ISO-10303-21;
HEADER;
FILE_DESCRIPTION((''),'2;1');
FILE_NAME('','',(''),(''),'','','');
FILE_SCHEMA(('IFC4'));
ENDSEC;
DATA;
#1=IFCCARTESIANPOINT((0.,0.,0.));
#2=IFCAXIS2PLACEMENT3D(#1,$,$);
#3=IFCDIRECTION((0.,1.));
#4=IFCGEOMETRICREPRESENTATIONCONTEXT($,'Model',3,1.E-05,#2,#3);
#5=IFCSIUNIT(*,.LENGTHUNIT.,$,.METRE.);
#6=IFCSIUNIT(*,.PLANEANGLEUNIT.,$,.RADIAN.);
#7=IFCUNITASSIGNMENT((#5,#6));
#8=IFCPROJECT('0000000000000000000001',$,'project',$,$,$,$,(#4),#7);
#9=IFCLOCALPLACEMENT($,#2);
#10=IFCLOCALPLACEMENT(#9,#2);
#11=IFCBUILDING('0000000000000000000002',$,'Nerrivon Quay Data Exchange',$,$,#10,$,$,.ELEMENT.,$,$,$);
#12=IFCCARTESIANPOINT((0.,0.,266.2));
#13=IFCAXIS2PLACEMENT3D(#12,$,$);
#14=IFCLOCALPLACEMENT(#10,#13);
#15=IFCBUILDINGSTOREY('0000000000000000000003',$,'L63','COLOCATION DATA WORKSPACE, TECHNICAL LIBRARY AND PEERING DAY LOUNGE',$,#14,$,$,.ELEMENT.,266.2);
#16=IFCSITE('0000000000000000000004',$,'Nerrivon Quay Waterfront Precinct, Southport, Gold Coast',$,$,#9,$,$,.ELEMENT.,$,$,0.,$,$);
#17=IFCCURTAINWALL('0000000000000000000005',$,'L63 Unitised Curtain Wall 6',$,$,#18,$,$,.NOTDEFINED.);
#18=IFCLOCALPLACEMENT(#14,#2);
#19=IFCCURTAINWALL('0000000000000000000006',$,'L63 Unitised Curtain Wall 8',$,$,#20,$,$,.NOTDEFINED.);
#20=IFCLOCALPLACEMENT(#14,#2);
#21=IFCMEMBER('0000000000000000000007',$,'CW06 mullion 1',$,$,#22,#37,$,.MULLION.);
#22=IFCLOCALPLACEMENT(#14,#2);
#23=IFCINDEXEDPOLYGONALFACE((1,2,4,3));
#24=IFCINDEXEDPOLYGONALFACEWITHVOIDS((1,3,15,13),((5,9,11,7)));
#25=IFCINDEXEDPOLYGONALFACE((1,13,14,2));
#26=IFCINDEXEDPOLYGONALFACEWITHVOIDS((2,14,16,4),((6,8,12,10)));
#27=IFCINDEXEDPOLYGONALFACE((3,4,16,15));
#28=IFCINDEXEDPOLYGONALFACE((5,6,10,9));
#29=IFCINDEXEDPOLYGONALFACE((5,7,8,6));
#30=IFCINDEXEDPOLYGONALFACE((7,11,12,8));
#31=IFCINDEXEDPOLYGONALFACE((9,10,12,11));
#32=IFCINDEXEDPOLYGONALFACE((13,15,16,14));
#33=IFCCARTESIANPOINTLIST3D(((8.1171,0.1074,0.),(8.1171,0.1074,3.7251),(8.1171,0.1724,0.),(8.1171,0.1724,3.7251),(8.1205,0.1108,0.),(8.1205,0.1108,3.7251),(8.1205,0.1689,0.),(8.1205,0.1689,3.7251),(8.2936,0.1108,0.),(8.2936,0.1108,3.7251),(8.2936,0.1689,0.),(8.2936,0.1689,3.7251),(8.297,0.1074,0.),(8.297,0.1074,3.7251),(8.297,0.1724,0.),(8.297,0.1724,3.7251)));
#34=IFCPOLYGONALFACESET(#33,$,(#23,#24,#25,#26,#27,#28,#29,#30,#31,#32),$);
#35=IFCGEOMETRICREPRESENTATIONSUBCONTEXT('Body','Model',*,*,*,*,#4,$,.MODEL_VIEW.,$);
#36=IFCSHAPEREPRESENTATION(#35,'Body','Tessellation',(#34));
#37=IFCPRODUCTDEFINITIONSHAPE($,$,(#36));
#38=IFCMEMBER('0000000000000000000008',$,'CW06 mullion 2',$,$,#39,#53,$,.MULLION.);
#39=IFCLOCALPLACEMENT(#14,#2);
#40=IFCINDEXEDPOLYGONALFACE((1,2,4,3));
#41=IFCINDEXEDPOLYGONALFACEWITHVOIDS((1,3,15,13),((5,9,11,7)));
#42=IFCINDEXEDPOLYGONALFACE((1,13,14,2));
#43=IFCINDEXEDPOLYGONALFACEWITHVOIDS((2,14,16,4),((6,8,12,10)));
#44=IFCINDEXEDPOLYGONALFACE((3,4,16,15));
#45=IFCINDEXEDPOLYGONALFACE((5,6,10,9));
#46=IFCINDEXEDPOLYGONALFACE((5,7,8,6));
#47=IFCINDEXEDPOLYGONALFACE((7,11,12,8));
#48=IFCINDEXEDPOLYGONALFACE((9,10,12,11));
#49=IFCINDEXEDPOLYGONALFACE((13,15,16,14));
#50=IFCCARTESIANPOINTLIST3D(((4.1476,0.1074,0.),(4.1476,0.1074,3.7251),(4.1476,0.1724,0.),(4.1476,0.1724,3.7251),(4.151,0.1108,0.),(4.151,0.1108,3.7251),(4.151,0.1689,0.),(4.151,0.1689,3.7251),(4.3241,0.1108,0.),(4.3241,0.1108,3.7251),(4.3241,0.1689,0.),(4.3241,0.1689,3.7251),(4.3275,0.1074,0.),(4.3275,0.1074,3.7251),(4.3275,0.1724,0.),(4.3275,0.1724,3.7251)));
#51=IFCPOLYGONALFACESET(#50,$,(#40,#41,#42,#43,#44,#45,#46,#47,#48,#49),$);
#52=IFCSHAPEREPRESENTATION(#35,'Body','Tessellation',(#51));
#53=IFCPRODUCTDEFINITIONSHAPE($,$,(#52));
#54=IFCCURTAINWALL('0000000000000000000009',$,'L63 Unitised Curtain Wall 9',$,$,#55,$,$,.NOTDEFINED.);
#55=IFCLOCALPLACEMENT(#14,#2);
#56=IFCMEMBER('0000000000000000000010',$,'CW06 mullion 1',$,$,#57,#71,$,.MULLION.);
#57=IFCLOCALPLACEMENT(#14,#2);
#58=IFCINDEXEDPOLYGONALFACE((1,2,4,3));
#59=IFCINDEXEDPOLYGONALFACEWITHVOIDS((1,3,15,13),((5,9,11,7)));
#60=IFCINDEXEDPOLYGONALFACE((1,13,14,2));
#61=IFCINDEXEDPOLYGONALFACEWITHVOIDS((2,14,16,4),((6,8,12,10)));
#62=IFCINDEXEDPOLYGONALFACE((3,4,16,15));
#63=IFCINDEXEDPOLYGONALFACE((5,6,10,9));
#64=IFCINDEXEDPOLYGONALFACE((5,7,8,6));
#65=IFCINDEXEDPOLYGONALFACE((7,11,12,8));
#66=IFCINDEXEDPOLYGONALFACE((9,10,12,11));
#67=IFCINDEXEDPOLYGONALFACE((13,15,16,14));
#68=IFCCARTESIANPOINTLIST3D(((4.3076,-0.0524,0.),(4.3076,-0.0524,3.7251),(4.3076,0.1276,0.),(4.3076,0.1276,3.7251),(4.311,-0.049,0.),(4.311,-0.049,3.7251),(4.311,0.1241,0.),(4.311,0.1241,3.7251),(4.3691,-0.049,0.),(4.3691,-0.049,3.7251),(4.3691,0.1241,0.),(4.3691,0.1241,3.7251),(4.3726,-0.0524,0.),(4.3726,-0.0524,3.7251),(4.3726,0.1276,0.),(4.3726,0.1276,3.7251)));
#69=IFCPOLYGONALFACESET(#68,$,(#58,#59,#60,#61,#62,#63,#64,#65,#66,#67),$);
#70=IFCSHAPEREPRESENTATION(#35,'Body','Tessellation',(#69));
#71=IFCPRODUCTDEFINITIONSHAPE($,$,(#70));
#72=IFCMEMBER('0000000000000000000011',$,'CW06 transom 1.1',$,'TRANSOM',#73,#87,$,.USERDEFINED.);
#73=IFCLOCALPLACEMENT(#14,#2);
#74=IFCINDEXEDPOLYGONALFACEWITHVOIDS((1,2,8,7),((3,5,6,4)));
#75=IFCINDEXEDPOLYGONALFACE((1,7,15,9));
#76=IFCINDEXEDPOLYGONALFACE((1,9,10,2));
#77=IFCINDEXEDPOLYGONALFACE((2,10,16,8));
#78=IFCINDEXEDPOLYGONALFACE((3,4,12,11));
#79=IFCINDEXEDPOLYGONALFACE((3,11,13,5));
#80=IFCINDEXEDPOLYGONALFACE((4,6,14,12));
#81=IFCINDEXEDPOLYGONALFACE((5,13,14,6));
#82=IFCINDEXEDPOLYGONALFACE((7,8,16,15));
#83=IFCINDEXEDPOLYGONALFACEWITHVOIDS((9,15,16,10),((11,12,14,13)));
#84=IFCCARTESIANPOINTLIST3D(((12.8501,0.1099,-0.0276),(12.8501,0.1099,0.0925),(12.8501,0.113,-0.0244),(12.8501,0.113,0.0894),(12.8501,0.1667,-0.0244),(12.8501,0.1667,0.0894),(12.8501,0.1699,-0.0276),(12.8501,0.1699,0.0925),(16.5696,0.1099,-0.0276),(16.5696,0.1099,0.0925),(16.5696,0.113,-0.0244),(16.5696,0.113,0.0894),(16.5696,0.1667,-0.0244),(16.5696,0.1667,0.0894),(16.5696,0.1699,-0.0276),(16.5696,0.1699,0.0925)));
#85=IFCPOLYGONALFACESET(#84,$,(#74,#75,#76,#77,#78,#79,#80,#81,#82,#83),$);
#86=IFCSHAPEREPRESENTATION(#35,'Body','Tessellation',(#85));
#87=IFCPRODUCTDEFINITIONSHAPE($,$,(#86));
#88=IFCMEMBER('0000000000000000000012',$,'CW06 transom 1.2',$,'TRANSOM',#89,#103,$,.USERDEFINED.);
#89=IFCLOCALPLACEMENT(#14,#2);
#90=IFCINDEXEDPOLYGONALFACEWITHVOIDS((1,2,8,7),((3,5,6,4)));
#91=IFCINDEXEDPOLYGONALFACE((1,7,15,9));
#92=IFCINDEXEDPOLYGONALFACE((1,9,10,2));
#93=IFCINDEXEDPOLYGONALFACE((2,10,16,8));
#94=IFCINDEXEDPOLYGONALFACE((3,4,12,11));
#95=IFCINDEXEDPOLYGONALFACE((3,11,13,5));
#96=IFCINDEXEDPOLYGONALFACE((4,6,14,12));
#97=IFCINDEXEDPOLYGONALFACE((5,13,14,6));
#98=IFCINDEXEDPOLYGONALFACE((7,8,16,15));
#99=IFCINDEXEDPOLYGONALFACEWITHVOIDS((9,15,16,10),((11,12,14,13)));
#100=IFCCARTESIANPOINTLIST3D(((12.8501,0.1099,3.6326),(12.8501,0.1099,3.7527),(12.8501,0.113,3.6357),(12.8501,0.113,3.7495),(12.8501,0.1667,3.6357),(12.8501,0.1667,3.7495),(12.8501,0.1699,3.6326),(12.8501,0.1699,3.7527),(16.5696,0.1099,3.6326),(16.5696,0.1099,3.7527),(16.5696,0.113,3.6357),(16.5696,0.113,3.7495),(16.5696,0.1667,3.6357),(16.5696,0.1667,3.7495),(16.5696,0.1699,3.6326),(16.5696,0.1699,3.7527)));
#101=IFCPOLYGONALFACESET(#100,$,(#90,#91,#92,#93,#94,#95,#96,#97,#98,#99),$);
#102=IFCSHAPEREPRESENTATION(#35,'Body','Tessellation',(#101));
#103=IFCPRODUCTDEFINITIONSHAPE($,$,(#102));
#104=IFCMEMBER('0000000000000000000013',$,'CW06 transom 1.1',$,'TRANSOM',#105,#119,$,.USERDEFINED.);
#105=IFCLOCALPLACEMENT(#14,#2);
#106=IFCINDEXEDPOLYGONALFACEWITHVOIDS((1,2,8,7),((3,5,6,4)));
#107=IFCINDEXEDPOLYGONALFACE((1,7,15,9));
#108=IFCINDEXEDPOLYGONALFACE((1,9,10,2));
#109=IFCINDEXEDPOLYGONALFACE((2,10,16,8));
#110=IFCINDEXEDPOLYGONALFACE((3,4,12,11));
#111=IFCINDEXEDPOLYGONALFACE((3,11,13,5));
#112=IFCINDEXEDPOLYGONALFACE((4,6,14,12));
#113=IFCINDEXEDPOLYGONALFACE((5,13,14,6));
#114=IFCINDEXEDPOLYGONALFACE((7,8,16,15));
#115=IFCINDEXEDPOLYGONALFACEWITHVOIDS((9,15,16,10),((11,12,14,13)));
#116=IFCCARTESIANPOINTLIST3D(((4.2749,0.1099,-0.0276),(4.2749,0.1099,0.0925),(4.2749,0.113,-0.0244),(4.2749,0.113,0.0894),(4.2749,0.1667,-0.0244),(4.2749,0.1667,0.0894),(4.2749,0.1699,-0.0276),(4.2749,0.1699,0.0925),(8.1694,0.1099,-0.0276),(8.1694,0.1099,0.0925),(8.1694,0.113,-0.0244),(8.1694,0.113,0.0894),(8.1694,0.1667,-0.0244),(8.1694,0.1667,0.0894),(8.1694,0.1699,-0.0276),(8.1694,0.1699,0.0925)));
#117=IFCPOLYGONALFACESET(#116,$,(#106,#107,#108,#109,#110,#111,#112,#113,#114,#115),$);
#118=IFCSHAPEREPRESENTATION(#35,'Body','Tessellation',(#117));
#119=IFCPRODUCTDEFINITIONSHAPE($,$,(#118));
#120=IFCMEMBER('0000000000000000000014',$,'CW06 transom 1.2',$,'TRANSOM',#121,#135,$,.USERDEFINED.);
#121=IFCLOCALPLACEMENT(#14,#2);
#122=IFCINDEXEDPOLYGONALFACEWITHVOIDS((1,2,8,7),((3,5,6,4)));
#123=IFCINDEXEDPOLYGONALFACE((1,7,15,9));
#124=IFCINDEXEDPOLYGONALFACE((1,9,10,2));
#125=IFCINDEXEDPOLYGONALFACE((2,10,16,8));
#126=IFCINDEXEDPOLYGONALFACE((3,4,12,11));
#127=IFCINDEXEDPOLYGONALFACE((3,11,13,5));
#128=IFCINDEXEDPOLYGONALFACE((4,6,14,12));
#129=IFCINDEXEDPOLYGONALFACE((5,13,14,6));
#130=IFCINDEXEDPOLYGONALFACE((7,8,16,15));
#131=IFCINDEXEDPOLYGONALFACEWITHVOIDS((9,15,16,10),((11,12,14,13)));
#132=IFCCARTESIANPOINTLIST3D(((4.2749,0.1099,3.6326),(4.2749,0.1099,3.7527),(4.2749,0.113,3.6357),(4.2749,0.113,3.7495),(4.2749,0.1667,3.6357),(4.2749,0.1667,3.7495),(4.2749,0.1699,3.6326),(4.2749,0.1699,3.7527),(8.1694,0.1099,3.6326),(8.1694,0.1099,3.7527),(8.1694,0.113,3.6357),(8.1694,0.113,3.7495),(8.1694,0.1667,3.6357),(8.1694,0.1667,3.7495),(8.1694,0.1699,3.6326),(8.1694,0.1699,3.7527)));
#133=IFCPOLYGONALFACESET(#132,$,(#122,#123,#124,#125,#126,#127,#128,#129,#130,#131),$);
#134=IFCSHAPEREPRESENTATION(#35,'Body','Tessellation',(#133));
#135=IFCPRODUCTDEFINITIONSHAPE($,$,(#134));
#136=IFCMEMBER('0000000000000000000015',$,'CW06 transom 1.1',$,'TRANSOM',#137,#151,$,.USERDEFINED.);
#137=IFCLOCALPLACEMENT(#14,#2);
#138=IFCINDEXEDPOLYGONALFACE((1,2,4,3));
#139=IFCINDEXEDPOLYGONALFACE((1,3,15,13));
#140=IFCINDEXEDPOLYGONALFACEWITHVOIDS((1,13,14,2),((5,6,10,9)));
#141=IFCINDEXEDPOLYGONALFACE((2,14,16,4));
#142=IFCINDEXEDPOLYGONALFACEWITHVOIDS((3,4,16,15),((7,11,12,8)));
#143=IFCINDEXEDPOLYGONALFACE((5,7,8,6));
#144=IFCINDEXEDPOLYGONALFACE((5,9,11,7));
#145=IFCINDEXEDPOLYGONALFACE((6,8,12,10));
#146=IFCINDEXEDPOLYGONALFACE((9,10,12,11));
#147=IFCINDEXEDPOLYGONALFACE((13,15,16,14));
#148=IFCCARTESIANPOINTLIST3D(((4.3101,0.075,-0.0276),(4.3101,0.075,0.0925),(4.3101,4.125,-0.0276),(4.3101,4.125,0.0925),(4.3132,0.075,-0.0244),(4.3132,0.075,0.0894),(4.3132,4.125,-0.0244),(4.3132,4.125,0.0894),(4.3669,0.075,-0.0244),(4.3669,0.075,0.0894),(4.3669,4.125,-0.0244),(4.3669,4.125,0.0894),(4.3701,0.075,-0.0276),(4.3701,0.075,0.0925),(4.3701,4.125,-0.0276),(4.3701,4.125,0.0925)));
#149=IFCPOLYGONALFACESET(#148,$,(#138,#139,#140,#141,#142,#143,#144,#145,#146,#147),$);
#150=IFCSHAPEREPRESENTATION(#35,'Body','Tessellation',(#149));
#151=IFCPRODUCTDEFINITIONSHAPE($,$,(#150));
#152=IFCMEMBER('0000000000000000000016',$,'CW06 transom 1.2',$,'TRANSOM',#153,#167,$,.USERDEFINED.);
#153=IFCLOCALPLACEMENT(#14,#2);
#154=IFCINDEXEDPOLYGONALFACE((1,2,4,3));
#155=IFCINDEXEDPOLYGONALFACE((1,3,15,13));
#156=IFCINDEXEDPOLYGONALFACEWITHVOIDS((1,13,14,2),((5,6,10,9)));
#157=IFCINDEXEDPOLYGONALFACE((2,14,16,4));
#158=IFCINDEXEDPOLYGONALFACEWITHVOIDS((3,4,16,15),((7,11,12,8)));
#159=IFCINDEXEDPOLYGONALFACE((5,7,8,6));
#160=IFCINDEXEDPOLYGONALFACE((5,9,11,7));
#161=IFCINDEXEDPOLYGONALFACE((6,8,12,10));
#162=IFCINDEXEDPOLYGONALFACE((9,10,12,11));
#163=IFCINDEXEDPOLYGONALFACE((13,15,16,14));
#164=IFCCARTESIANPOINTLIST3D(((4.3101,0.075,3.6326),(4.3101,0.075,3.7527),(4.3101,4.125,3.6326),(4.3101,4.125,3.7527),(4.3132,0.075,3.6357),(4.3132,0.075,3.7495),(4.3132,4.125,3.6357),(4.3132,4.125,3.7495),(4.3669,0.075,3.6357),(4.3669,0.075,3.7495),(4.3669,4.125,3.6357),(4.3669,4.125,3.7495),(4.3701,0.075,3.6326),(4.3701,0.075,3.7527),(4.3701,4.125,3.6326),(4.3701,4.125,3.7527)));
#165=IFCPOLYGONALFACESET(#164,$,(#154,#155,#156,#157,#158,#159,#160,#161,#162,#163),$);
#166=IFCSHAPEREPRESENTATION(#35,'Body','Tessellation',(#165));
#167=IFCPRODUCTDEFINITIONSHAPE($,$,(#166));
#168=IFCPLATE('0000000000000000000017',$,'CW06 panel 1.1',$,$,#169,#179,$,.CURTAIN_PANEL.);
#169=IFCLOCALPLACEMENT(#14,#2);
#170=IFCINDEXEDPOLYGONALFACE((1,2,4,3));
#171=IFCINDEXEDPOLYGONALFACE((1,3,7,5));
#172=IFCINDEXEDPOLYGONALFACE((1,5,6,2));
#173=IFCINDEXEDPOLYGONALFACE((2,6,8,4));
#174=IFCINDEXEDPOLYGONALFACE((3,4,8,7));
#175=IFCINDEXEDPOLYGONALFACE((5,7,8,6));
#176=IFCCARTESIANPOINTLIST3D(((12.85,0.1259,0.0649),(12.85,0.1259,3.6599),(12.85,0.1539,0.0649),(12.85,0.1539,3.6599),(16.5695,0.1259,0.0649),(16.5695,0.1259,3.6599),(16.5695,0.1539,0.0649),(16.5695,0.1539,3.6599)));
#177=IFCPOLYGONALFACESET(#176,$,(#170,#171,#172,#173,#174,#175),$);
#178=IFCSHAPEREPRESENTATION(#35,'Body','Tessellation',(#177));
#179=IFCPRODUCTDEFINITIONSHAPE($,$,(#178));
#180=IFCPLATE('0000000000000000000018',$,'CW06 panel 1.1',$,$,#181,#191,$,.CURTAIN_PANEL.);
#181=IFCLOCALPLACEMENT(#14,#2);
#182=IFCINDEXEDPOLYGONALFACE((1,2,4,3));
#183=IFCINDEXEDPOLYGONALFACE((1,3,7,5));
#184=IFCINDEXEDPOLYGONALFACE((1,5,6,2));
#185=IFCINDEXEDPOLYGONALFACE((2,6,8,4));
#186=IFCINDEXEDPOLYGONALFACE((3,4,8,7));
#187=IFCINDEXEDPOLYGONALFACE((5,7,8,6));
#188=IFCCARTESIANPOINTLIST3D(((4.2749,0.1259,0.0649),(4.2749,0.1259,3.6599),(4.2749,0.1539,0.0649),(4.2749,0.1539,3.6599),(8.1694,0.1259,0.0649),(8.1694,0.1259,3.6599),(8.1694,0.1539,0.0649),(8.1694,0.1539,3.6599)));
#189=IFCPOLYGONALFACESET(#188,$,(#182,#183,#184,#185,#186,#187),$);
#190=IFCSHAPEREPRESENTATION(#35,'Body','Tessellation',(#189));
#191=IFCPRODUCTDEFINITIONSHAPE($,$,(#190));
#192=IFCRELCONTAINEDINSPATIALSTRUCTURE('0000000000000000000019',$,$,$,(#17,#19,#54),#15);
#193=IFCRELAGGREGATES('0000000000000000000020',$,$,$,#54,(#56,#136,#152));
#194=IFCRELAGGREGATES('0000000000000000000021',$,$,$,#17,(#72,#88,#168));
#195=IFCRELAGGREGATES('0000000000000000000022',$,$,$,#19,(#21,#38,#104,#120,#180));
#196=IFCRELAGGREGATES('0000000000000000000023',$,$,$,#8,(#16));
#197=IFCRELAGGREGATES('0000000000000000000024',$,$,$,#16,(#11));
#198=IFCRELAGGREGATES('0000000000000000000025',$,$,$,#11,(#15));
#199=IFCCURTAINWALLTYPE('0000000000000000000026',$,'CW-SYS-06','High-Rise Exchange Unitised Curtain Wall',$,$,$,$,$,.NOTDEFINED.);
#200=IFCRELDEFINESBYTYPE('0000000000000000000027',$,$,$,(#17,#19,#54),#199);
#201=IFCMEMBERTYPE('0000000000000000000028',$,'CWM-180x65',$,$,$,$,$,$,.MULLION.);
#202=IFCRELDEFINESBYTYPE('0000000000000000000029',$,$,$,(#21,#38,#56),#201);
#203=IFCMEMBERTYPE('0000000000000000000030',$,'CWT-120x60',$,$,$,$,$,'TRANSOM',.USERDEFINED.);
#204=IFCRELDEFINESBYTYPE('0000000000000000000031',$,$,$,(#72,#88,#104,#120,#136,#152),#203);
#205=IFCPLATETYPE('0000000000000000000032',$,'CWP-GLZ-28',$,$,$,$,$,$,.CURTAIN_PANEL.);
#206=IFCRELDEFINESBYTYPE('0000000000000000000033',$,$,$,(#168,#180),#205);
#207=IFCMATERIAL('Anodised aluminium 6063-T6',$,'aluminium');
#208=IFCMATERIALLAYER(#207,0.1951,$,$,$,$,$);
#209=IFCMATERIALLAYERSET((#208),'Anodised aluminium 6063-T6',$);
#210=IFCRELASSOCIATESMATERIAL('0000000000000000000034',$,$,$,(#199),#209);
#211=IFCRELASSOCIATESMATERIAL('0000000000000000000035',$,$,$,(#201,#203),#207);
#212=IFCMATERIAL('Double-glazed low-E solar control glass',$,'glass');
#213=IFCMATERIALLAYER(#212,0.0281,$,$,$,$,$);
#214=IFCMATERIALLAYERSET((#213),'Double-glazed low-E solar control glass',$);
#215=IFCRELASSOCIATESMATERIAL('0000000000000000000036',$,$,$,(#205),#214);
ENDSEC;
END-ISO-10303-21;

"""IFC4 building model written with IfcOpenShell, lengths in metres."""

from ifc_helpers import new_model, si_unit, direction, frame, origin, origin_2d, place, context, subcontext, project, spatial, rectangle, hollow_rectangle, extrude, material, layer, layer_set, material_profile, profile_set, type_object, element, aggregate, save


model = new_model("IFC4")

# Units and contexts
model_context = context("Model", 3, precision=1e-05, world=origin(), true_north=direction((0.0, 1.0)))
body_context = subcontext(model_context, "Body", "Model", "MODEL_VIEW")
ifc_project = project(units=[si_unit("LENGTHUNIT", "METRE"), si_unit("PLANEANGLEUNIT", "RADIAN")], contexts=[model_context])

# Site, building, storey
site_placement = place(None, origin())
site = spatial("IfcSite", under=ifc_project, at=site_placement, Name="Nerrivon Quay Waterfront Precinct, Southport, Gold Coast", CompositionType="ELEMENT", RefElevation=0.0)
building_placement = place(site_placement, origin())
building = spatial("IfcBuilding", under=site, at=building_placement, Name="Nerrivon Quay Data Exchange", CompositionType="ELEMENT")
storey_placement = place(building_placement, frame((0.0, 0.0, 266.2)))
storey = spatial("IfcBuildingStorey", under=building, at=storey_placement, Name="L63", Description="COLOCATION DATA WORKSPACE, TECHNICAL LIBRARY AND PEERING DAY LOUNGE", CompositionType="ELEMENT", Elevation=266.2)

# Curtain wall
ifc_material_1 = material(Name="Anodised aluminium 6063-T6", Category="aluminium")
ifc_layer_1 = layer(ifc_material_1, 0.1951)
ifc_layer_set_1 = layer_set([ifc_layer_1], Name="Anodised aluminium 6063-T6")
curtain_wall_type = type_object("IfcCurtainWallType", Name="CW-SYS-06", Description="High-Rise Exchange Unitised Curtain Wall", PredefinedType="NOTDEFINED", material=ifc_layer_set_1)
curtain_wall_1_placement = place(storey_placement, origin())
curtain_wall_1 = element("IfcCurtainWall", 1, at=curtain_wall_1_placement, inside=storey, type_object=curtain_wall_type, Name="L63 Unitised Curtain Wall 6", PredefinedType="NOTDEFINED")
ifc_material_profile_1 = material_profile(ifc_material_1, hollow_rectangle(XDim=0.0649, YDim=0.1799, WallThickness=0.0034, at=origin_2d()), Name="ALU-MULL-180x65")
ifc_profile_set_1 = profile_set([ifc_material_profile_1], Name="Anodised aluminium 6063-T6")
member_type_1 = type_object("IfcMemberType", Name="CWM-180x65", PredefinedType="MULLION", material=ifc_profile_set_1)

# Curtain wall, members
curtain_wall_2_placement = place(storey_placement, origin())
curtain_wall_2 = element("IfcCurtainWall", 2, at=curtain_wall_2_placement, inside=storey, type_object=curtain_wall_type, Name="L63 Unitised Curtain Wall 8", PredefinedType="NOTDEFINED")
member_1_placement = place(storey_placement, frame((8.207, 0.1399, 0.0), z_axis=(0.0, 0.0, 1.0), x_axis=(0.0, -1.0, 0.0)))
member_1 = element("IfcMember", 3, at=member_1_placement, type_object=member_type_1, Name="CW06 mullion 1", PredefinedType="MULLION", context=body_context, shape_type="SweptSolid", body=[
    extrude(hollow_rectangle(XDim=0.0649, YDim=0.1799, WallThickness=0.0034, at=origin_2d()), origin(), (0.0, 0.0, 1.0), 3.7251),
])
member_2_placement = place(storey_placement, frame((4.2375, 0.1399, 0.0), z_axis=(0.0, 0.0, 1.0), x_axis=(0.0, -1.0, 0.0)))
member_2 = element("IfcMember", 4, at=member_2_placement, type_object=member_type_1, Name="CW06 mullion 2", PredefinedType="MULLION", context=body_context, shape_type="SweptSolid", body=[
    extrude(hollow_rectangle(XDim=0.0649, YDim=0.1799, WallThickness=0.0034, at=origin_2d()), origin(), (0.0, 0.0, 1.0), 3.7251),
])

# Curtain wall, member
curtain_wall_3_placement = place(storey_placement, origin())
curtain_wall_3 = element("IfcCurtainWall", 5, at=curtain_wall_3_placement, inside=storey, type_object=curtain_wall_type, Name="L63 Unitised Curtain Wall 9", PredefinedType="NOTDEFINED")
member_3_placement = place(storey_placement, frame((4.3401, 0.0376, 0.0), z_axis=(0.0, 0.0, 1.0), x_axis=(-1.0, 0.0, 0.0)))
member_3 = element("IfcMember", 6, at=member_3_placement, type_object=member_type_1, Name="CW06 mullion 1", PredefinedType="MULLION", context=body_context, shape_type="SweptSolid", body=[
    extrude(hollow_rectangle(XDim=0.0649, YDim=0.1799, WallThickness=0.0034, at=origin_2d()), origin(), (0.0, 0.0, 1.0), 3.7251),
])

# Members
ifc_material_profile_2 = material_profile(ifc_material_1, hollow_rectangle(XDim=0.0601, YDim=0.1201, WallThickness=0.0032, at=origin_2d()), Name="ALU-TRAN-120x60")
ifc_profile_set_2 = profile_set([ifc_material_profile_2], Name="Anodised aluminium 6063-T6")
member_type_2 = type_object("IfcMemberType", Name="CWT-120x60", ElementType="TRANSOM", PredefinedType="USERDEFINED", material=ifc_profile_set_2)
member_4_placement = place(storey_placement, frame((16.5696, 0.1399, 0.0325), z_axis=(-1.0, 0.0, 0.0), x_axis=(0.0, -1.0, 0.0)))
member_4 = element("IfcMember", 7, at=member_4_placement, type_object=member_type_2, Name="CW06 transom 1.1", ObjectType="TRANSOM", PredefinedType="USERDEFINED", context=body_context, shape_type="SweptSolid", body=[
    extrude(hollow_rectangle(XDim=0.0601, YDim=0.1201, WallThickness=0.0032, at=origin_2d()), origin(), (0.0, 0.0, 1.0), 3.7195),
])
member_5_placement = place(storey_placement, frame((16.5696, 0.1399, 3.6926), z_axis=(-1.0, 0.0, 0.0), x_axis=(0.0, -1.0, 0.0)))
member_5 = element("IfcMember", 8, at=member_5_placement, type_object=member_type_2, Name="CW06 transom 1.2", ObjectType="TRANSOM", PredefinedType="USERDEFINED", context=body_context, shape_type="SweptSolid", body=[
    extrude(hollow_rectangle(XDim=0.0601, YDim=0.1201, WallThickness=0.0032, at=origin_2d()), origin(), (0.0, 0.0, 1.0), 3.7195),
])
member_6_placement = place(storey_placement, frame((8.1694, 0.1399, 0.0325), z_axis=(-1.0, 0.0, 0.0), x_axis=(0.0, -1.0, 0.0)))
member_6 = element("IfcMember", 9, at=member_6_placement, type_object=member_type_2, Name="CW06 transom 1.1", ObjectType="TRANSOM", PredefinedType="USERDEFINED", context=body_context, shape_type="SweptSolid", body=[
    extrude(hollow_rectangle(XDim=0.0601, YDim=0.1201, WallThickness=0.0032, at=origin_2d()), origin(), (0.0, 0.0, 1.0), 3.8945),
])
member_7_placement = place(storey_placement, frame((8.1694, 0.1399, 3.6926), z_axis=(-1.0, 0.0, 0.0), x_axis=(0.0, -1.0, 0.0)))
member_7 = element("IfcMember", 10, at=member_7_placement, type_object=member_type_2, Name="CW06 transom 1.2", ObjectType="TRANSOM", PredefinedType="USERDEFINED", context=body_context, shape_type="SweptSolid", body=[
    extrude(hollow_rectangle(XDim=0.0601, YDim=0.1201, WallThickness=0.0032, at=origin_2d()), origin(), (0.0, 0.0, 1.0), 3.8945),
])
member_8_placement = place(storey_placement, frame((4.3401, 0.075, 0.0325), z_axis=(0.0, 1.0, 0.0), x_axis=(-1.0, 0.0, 0.0)))
member_8 = element("IfcMember", 11, at=member_8_placement, type_object=member_type_2, Name="CW06 transom 1.1", ObjectType="TRANSOM", PredefinedType="USERDEFINED", context=body_context, shape_type="SweptSolid", body=[
    extrude(hollow_rectangle(XDim=0.0601, YDim=0.1201, WallThickness=0.0032, at=origin_2d()), origin(), (0.0, 0.0, 1.0), 4.05),
])
member_9_placement = place(storey_placement, frame((4.3401, 0.075, 3.6926), z_axis=(0.0, 1.0, 0.0), x_axis=(-1.0, 0.0, 0.0)))
member_9 = element("IfcMember", 12, at=member_9_placement, type_object=member_type_2, Name="CW06 transom 1.2", ObjectType="TRANSOM", PredefinedType="USERDEFINED", context=body_context, shape_type="SweptSolid", body=[
    extrude(hollow_rectangle(XDim=0.0601, YDim=0.1201, WallThickness=0.0032, at=origin_2d()), origin(), (0.0, 0.0, 1.0), 4.05),
])
aggregate(curtain_wall_3, [member_3, member_8, member_9])

# Plates
ifc_material_2 = material(Name="Double-glazed low-E solar control glass", Category="glass")
ifc_layer_2 = layer(ifc_material_2, 0.0281)
ifc_layer_set_2 = layer_set([ifc_layer_2], Name="Double-glazed low-E solar control glass")
plate_type = type_object("IfcPlateType", Name="CWP-GLZ-28", PredefinedType="CURTAIN_PANEL", material=ifc_layer_set_2)
plate_1_placement = place(storey_placement, frame((14.7097, 0.1399, 0.0649), z_axis=(0.0, 0.0, 1.0), x_axis=(-1.0, 0.0, 0.0)))
plate_1 = element("IfcPlate", 13, at=plate_1_placement, type_object=plate_type, Name="CW06 panel 1.1", PredefinedType="CURTAIN_PANEL", context=body_context, shape_type="SweptSolid", body=[
    extrude(rectangle(XDim=3.7195, YDim=0.0281, at=origin_2d()), origin(), (0.0, 0.0, 1.0), 3.595),
])
aggregate(curtain_wall_1, [member_4, member_5, plate_1])
plate_2_placement = place(storey_placement, frame((6.2222, 0.1399, 0.0649), z_axis=(0.0, 0.0, 1.0), x_axis=(-1.0, 0.0, 0.0)))
plate_2 = element("IfcPlate", 14, at=plate_2_placement, type_object=plate_type, Name="CW06 panel 1.1", PredefinedType="CURTAIN_PANEL", context=body_context, shape_type="SweptSolid", body=[
    extrude(rectangle(XDim=3.8945, YDim=0.0281, at=origin_2d()), origin(), (0.0, 0.0, 1.0), 3.595),
])
aggregate(curtain_wall_2, [member_1, member_2, member_6, member_7, plate_2])

save(model, "model.ifc")
